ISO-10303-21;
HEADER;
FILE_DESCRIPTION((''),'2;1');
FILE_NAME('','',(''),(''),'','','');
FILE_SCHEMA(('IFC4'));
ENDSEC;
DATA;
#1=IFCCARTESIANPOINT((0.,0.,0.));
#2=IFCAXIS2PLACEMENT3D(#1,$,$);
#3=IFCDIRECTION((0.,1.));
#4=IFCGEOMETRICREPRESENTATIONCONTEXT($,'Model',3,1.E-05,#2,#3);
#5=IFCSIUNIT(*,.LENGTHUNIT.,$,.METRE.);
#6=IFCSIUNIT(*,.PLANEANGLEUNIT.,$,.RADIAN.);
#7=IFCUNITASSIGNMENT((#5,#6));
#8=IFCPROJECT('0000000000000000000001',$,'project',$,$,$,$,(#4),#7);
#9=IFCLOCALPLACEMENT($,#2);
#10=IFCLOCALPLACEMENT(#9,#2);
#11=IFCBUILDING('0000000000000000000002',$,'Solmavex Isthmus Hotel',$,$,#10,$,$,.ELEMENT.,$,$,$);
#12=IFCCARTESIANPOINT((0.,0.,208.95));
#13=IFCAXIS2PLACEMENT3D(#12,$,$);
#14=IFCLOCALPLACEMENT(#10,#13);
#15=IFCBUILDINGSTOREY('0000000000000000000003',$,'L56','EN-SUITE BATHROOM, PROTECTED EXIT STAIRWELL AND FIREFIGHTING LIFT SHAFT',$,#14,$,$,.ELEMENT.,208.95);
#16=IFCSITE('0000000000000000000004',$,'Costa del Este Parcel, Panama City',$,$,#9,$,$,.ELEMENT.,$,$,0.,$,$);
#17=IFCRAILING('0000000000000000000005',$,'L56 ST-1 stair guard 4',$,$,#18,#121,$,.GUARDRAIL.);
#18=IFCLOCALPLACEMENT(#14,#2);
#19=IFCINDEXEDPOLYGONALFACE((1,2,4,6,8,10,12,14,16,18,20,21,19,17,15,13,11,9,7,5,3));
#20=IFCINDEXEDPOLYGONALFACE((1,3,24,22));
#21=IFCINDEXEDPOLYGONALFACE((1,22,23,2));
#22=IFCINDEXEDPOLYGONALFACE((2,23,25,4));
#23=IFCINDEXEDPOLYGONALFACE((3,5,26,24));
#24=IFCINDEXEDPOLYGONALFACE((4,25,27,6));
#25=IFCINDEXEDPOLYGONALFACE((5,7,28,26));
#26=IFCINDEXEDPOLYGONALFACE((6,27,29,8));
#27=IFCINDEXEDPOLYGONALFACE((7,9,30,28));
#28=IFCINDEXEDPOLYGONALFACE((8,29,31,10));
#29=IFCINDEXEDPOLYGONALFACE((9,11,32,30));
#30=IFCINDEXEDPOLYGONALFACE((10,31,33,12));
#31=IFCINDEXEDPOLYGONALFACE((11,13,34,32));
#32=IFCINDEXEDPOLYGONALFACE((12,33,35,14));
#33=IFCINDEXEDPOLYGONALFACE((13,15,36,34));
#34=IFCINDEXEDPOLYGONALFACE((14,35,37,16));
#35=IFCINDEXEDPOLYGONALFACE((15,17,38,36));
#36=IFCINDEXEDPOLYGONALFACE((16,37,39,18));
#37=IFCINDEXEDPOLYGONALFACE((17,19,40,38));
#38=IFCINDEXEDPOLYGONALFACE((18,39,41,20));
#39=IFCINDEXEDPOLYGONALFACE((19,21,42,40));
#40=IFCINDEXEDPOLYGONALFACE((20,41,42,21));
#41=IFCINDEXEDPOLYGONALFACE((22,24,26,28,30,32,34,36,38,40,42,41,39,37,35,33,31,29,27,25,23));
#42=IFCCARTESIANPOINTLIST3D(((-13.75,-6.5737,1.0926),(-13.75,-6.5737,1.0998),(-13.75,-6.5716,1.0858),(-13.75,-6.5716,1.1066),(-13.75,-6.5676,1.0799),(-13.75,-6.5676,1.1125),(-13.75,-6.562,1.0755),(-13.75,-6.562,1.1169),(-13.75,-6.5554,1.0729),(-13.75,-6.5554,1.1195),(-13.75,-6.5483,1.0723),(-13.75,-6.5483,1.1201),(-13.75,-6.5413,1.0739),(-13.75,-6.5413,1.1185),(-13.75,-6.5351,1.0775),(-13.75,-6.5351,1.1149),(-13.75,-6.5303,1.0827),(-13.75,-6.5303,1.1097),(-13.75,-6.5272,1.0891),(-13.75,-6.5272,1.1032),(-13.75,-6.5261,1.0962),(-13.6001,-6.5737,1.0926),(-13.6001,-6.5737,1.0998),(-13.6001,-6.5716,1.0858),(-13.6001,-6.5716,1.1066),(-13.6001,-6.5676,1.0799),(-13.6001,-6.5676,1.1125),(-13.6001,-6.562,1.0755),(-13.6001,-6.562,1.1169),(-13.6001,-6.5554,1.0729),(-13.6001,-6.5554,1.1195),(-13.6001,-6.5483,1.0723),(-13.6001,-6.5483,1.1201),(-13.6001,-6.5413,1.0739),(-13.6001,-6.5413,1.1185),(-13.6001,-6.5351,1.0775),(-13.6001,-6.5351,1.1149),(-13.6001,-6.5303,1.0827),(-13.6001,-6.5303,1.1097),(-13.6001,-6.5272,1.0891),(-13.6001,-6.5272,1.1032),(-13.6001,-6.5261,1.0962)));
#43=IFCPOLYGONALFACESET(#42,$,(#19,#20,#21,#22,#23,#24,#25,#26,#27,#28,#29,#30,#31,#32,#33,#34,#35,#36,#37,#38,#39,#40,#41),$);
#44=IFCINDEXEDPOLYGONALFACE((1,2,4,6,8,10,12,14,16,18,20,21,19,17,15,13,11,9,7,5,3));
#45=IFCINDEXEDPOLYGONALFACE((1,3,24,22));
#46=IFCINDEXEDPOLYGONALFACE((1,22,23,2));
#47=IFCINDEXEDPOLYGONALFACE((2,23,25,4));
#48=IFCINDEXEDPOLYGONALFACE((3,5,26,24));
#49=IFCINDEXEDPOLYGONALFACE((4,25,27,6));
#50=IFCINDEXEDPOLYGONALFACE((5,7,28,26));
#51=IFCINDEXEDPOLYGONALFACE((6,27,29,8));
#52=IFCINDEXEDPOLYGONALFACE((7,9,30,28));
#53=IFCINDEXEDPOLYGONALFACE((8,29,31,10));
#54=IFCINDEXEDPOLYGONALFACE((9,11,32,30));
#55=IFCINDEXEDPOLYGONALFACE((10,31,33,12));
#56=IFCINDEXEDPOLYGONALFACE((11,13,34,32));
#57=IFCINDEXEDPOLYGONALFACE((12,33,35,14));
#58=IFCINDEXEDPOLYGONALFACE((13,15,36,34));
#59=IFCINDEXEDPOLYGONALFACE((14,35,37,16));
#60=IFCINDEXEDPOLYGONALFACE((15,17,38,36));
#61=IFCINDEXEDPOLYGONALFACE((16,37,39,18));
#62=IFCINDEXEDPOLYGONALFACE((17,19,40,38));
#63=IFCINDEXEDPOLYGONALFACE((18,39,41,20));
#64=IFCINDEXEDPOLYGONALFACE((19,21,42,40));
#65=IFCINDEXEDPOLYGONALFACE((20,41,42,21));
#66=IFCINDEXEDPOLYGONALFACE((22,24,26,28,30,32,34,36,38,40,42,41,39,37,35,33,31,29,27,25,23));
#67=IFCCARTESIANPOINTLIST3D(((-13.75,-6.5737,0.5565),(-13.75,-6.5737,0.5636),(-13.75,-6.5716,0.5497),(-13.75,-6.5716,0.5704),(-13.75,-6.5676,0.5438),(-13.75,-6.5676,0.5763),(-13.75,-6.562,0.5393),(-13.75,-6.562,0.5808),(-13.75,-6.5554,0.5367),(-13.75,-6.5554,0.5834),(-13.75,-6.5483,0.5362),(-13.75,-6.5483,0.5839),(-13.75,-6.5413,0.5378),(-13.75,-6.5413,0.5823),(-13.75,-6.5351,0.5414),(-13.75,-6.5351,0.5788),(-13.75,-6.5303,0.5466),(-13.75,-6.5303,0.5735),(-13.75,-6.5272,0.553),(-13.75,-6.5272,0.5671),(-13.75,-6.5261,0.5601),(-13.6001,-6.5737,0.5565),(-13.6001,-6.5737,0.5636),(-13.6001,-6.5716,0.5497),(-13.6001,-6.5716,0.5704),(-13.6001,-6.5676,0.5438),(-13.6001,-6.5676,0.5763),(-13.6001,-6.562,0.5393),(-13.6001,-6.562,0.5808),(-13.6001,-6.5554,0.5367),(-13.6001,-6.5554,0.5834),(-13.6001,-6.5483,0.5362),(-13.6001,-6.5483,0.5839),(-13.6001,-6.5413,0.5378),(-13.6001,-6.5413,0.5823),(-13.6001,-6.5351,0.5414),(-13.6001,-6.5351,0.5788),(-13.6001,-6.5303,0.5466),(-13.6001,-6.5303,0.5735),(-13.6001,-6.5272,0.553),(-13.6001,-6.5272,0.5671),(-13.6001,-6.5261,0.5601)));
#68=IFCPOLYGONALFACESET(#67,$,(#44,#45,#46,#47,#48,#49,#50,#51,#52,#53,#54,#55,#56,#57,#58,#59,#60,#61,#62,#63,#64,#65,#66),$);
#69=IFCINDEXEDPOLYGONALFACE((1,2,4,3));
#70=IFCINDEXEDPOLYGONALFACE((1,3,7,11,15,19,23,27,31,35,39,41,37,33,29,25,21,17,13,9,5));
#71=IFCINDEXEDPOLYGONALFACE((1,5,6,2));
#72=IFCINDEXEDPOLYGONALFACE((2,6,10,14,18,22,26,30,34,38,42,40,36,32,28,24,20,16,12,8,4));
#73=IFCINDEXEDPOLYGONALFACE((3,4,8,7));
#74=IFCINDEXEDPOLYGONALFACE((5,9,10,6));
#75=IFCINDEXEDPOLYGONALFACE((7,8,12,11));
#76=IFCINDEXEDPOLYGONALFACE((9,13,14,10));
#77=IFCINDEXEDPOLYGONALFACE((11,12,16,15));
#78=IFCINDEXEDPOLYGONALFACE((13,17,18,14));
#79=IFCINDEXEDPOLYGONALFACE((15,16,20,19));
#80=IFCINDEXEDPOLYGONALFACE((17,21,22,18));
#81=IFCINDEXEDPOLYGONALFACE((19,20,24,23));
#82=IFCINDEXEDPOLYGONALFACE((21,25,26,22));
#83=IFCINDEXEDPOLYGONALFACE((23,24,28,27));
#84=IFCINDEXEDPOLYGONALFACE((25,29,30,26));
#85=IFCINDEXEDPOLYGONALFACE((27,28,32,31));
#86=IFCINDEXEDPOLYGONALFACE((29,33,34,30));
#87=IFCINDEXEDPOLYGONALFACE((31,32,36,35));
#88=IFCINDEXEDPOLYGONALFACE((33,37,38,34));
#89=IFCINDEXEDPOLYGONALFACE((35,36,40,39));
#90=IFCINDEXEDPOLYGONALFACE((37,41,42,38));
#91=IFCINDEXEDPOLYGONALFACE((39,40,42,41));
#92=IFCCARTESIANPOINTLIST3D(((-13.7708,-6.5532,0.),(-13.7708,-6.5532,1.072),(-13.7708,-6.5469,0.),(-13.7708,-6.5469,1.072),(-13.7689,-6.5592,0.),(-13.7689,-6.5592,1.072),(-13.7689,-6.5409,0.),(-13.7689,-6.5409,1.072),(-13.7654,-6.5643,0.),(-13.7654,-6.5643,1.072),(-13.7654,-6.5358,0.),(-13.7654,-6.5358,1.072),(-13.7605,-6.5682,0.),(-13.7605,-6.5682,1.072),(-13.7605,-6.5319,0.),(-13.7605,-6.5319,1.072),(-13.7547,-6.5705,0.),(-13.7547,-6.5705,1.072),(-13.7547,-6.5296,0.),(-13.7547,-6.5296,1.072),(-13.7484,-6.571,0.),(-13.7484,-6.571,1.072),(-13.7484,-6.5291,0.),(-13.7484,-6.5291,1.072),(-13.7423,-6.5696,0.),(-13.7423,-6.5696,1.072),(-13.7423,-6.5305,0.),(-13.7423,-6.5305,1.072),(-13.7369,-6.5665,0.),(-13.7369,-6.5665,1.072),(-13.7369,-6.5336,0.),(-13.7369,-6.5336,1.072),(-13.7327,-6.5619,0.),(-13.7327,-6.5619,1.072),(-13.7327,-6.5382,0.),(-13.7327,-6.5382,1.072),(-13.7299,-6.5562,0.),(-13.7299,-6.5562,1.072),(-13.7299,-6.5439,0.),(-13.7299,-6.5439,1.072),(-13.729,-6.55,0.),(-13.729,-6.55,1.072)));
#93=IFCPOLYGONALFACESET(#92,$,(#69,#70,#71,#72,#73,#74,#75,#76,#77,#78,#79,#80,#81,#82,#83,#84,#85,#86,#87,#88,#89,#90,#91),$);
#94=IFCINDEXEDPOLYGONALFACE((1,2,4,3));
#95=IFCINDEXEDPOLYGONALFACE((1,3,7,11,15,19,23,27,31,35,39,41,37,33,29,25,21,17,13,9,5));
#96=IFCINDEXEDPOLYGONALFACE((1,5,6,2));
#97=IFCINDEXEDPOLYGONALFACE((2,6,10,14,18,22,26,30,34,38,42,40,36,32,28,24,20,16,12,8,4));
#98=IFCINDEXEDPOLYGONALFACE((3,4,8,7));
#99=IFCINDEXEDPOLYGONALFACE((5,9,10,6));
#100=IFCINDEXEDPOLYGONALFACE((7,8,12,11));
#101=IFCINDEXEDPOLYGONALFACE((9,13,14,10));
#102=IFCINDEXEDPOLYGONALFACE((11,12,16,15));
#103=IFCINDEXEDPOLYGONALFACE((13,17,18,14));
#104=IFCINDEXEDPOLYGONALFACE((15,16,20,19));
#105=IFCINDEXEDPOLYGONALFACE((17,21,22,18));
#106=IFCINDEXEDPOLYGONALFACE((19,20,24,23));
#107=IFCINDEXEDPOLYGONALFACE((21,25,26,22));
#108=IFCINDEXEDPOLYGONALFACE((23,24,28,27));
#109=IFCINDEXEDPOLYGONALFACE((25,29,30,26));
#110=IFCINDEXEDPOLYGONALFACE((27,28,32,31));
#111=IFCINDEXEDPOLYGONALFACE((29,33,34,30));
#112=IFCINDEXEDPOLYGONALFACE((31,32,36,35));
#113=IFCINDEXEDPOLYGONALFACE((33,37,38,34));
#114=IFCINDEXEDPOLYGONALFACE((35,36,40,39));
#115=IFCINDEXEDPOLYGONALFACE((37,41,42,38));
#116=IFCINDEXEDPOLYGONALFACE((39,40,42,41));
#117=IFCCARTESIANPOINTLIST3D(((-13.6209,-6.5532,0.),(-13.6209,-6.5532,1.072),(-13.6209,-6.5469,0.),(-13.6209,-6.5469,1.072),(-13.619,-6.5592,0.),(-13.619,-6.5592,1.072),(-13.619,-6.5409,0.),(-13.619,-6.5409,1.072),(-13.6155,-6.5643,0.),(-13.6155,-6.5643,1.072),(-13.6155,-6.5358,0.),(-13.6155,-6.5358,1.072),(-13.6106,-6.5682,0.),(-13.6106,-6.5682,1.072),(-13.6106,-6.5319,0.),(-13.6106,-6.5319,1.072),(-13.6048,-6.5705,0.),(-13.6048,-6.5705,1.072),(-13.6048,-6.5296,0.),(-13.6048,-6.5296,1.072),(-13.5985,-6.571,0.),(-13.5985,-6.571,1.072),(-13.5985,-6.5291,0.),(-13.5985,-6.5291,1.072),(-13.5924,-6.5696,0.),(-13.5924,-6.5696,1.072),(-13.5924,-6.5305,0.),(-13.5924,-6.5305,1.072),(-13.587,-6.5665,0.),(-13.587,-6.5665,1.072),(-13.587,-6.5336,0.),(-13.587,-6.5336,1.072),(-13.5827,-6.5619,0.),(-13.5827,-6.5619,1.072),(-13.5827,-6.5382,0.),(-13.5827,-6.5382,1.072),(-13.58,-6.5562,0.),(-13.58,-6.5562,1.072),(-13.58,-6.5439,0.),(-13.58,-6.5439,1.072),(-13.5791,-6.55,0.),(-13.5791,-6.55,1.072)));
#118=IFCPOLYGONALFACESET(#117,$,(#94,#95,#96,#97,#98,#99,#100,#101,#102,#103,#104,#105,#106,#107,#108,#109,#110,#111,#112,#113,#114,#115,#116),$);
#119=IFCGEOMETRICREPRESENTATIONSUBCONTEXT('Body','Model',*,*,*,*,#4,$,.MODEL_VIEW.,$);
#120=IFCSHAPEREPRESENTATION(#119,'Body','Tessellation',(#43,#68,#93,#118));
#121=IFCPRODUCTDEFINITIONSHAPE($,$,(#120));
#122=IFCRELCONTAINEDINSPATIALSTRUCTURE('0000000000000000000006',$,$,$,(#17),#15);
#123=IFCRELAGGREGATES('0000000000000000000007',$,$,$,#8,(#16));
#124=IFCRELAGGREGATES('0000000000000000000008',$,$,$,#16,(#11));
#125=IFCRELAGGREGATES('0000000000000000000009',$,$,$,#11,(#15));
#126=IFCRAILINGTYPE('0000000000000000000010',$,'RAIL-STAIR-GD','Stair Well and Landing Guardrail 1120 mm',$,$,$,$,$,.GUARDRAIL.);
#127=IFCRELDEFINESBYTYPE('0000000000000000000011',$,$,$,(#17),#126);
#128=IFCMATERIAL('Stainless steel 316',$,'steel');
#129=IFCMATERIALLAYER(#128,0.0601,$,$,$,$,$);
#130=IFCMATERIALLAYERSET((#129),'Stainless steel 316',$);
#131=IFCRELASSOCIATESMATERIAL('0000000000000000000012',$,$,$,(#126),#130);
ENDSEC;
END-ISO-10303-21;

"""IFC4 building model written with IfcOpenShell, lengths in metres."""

from ifc_helpers import new_model, si_unit, direction, frame, origin, origin_2d, place, context, subcontext, project, spatial, circle, extrude, material, layer, layer_set, type_object, element, save


model = new_model("IFC4")

# Units and contexts
model_context = context("Model", 3, precision=1e-05, world=origin(), true_north=direction((0.0, 1.0)))
body_context = subcontext(model_context, "Body", "Model", "MODEL_VIEW")
ifc_project = project(units=[si_unit("LENGTHUNIT", "METRE"), si_unit("PLANEANGLEUNIT", "RADIAN")], contexts=[model_context])

# Site, building, storey
site_placement = place(None, origin())
site = spatial("IfcSite", under=ifc_project, at=site_placement, Name="Costa del Este Parcel, Panama City", CompositionType="ELEMENT", RefElevation=0.0)
building_placement = place(site_placement, origin())
building = spatial("IfcBuilding", under=site, at=building_placement, Name="Solmavex Isthmus Hotel", CompositionType="ELEMENT")
storey_placement = place(building_placement, frame((0.0, 0.0, 208.95)))
storey = spatial("IfcBuildingStorey", under=building, at=storey_placement, Name="L56", Description="EN-SUITE BATHROOM, PROTECTED EXIT STAIRWELL AND FIREFIGHTING LIFT SHAFT", CompositionType="ELEMENT", Elevation=208.95)

# Railing
ifc_material_1 = material(Name="Stainless steel 316", Category="steel")
ifc_layer_1 = layer(ifc_material_1, 0.0601)
ifc_layer_set_1 = layer_set([ifc_layer_1], Name="Stainless steel 316")
railing_type_1 = type_object("IfcRailingType", Name="RAIL-STAIR-GD", Description="Stair Well and Landing Guardrail 1120 mm", PredefinedType="GUARDRAIL", material=ifc_layer_set_1)
railing_1_placement = place(storey_placement, frame((-13.75, -6.55, 0.0)))
element("IfcRailing", 1, at=railing_1_placement, inside=storey, type_object=railing_type_1, Name="L56 ST-1 stair guard 4", PredefinedType="GUARDRAIL", context=body_context, shape_type="SweptSolid", body=[
    extrude(circle(Radius=0.0239, at=origin_2d()), frame((0.0, 0.0, 1.0962), z_axis=(1.0, 0.0, 0.0), x_axis=(0.0, 1.0, 0.0)), (0.0, 0.0, 1.0), 0.1499),
    extrude(circle(Radius=0.0239, at=origin_2d()), frame((0.0, 0.0, 0.5601), z_axis=(1.0, 0.0, 0.0), x_axis=(0.0, 1.0, 0.0)), (0.0, 0.0, 1.0), 0.1499),
    extrude(circle(Radius=0.021, at=origin_2d()), origin(), (0.0, 0.0, 1.0), 1.072),
    extrude(circle(Radius=0.021, at=origin_2d()), frame((0.1499, 0.0, 0.0)), (0.0, 0.0, 1.0), 1.072),
])

save(model, "model.ifc")
